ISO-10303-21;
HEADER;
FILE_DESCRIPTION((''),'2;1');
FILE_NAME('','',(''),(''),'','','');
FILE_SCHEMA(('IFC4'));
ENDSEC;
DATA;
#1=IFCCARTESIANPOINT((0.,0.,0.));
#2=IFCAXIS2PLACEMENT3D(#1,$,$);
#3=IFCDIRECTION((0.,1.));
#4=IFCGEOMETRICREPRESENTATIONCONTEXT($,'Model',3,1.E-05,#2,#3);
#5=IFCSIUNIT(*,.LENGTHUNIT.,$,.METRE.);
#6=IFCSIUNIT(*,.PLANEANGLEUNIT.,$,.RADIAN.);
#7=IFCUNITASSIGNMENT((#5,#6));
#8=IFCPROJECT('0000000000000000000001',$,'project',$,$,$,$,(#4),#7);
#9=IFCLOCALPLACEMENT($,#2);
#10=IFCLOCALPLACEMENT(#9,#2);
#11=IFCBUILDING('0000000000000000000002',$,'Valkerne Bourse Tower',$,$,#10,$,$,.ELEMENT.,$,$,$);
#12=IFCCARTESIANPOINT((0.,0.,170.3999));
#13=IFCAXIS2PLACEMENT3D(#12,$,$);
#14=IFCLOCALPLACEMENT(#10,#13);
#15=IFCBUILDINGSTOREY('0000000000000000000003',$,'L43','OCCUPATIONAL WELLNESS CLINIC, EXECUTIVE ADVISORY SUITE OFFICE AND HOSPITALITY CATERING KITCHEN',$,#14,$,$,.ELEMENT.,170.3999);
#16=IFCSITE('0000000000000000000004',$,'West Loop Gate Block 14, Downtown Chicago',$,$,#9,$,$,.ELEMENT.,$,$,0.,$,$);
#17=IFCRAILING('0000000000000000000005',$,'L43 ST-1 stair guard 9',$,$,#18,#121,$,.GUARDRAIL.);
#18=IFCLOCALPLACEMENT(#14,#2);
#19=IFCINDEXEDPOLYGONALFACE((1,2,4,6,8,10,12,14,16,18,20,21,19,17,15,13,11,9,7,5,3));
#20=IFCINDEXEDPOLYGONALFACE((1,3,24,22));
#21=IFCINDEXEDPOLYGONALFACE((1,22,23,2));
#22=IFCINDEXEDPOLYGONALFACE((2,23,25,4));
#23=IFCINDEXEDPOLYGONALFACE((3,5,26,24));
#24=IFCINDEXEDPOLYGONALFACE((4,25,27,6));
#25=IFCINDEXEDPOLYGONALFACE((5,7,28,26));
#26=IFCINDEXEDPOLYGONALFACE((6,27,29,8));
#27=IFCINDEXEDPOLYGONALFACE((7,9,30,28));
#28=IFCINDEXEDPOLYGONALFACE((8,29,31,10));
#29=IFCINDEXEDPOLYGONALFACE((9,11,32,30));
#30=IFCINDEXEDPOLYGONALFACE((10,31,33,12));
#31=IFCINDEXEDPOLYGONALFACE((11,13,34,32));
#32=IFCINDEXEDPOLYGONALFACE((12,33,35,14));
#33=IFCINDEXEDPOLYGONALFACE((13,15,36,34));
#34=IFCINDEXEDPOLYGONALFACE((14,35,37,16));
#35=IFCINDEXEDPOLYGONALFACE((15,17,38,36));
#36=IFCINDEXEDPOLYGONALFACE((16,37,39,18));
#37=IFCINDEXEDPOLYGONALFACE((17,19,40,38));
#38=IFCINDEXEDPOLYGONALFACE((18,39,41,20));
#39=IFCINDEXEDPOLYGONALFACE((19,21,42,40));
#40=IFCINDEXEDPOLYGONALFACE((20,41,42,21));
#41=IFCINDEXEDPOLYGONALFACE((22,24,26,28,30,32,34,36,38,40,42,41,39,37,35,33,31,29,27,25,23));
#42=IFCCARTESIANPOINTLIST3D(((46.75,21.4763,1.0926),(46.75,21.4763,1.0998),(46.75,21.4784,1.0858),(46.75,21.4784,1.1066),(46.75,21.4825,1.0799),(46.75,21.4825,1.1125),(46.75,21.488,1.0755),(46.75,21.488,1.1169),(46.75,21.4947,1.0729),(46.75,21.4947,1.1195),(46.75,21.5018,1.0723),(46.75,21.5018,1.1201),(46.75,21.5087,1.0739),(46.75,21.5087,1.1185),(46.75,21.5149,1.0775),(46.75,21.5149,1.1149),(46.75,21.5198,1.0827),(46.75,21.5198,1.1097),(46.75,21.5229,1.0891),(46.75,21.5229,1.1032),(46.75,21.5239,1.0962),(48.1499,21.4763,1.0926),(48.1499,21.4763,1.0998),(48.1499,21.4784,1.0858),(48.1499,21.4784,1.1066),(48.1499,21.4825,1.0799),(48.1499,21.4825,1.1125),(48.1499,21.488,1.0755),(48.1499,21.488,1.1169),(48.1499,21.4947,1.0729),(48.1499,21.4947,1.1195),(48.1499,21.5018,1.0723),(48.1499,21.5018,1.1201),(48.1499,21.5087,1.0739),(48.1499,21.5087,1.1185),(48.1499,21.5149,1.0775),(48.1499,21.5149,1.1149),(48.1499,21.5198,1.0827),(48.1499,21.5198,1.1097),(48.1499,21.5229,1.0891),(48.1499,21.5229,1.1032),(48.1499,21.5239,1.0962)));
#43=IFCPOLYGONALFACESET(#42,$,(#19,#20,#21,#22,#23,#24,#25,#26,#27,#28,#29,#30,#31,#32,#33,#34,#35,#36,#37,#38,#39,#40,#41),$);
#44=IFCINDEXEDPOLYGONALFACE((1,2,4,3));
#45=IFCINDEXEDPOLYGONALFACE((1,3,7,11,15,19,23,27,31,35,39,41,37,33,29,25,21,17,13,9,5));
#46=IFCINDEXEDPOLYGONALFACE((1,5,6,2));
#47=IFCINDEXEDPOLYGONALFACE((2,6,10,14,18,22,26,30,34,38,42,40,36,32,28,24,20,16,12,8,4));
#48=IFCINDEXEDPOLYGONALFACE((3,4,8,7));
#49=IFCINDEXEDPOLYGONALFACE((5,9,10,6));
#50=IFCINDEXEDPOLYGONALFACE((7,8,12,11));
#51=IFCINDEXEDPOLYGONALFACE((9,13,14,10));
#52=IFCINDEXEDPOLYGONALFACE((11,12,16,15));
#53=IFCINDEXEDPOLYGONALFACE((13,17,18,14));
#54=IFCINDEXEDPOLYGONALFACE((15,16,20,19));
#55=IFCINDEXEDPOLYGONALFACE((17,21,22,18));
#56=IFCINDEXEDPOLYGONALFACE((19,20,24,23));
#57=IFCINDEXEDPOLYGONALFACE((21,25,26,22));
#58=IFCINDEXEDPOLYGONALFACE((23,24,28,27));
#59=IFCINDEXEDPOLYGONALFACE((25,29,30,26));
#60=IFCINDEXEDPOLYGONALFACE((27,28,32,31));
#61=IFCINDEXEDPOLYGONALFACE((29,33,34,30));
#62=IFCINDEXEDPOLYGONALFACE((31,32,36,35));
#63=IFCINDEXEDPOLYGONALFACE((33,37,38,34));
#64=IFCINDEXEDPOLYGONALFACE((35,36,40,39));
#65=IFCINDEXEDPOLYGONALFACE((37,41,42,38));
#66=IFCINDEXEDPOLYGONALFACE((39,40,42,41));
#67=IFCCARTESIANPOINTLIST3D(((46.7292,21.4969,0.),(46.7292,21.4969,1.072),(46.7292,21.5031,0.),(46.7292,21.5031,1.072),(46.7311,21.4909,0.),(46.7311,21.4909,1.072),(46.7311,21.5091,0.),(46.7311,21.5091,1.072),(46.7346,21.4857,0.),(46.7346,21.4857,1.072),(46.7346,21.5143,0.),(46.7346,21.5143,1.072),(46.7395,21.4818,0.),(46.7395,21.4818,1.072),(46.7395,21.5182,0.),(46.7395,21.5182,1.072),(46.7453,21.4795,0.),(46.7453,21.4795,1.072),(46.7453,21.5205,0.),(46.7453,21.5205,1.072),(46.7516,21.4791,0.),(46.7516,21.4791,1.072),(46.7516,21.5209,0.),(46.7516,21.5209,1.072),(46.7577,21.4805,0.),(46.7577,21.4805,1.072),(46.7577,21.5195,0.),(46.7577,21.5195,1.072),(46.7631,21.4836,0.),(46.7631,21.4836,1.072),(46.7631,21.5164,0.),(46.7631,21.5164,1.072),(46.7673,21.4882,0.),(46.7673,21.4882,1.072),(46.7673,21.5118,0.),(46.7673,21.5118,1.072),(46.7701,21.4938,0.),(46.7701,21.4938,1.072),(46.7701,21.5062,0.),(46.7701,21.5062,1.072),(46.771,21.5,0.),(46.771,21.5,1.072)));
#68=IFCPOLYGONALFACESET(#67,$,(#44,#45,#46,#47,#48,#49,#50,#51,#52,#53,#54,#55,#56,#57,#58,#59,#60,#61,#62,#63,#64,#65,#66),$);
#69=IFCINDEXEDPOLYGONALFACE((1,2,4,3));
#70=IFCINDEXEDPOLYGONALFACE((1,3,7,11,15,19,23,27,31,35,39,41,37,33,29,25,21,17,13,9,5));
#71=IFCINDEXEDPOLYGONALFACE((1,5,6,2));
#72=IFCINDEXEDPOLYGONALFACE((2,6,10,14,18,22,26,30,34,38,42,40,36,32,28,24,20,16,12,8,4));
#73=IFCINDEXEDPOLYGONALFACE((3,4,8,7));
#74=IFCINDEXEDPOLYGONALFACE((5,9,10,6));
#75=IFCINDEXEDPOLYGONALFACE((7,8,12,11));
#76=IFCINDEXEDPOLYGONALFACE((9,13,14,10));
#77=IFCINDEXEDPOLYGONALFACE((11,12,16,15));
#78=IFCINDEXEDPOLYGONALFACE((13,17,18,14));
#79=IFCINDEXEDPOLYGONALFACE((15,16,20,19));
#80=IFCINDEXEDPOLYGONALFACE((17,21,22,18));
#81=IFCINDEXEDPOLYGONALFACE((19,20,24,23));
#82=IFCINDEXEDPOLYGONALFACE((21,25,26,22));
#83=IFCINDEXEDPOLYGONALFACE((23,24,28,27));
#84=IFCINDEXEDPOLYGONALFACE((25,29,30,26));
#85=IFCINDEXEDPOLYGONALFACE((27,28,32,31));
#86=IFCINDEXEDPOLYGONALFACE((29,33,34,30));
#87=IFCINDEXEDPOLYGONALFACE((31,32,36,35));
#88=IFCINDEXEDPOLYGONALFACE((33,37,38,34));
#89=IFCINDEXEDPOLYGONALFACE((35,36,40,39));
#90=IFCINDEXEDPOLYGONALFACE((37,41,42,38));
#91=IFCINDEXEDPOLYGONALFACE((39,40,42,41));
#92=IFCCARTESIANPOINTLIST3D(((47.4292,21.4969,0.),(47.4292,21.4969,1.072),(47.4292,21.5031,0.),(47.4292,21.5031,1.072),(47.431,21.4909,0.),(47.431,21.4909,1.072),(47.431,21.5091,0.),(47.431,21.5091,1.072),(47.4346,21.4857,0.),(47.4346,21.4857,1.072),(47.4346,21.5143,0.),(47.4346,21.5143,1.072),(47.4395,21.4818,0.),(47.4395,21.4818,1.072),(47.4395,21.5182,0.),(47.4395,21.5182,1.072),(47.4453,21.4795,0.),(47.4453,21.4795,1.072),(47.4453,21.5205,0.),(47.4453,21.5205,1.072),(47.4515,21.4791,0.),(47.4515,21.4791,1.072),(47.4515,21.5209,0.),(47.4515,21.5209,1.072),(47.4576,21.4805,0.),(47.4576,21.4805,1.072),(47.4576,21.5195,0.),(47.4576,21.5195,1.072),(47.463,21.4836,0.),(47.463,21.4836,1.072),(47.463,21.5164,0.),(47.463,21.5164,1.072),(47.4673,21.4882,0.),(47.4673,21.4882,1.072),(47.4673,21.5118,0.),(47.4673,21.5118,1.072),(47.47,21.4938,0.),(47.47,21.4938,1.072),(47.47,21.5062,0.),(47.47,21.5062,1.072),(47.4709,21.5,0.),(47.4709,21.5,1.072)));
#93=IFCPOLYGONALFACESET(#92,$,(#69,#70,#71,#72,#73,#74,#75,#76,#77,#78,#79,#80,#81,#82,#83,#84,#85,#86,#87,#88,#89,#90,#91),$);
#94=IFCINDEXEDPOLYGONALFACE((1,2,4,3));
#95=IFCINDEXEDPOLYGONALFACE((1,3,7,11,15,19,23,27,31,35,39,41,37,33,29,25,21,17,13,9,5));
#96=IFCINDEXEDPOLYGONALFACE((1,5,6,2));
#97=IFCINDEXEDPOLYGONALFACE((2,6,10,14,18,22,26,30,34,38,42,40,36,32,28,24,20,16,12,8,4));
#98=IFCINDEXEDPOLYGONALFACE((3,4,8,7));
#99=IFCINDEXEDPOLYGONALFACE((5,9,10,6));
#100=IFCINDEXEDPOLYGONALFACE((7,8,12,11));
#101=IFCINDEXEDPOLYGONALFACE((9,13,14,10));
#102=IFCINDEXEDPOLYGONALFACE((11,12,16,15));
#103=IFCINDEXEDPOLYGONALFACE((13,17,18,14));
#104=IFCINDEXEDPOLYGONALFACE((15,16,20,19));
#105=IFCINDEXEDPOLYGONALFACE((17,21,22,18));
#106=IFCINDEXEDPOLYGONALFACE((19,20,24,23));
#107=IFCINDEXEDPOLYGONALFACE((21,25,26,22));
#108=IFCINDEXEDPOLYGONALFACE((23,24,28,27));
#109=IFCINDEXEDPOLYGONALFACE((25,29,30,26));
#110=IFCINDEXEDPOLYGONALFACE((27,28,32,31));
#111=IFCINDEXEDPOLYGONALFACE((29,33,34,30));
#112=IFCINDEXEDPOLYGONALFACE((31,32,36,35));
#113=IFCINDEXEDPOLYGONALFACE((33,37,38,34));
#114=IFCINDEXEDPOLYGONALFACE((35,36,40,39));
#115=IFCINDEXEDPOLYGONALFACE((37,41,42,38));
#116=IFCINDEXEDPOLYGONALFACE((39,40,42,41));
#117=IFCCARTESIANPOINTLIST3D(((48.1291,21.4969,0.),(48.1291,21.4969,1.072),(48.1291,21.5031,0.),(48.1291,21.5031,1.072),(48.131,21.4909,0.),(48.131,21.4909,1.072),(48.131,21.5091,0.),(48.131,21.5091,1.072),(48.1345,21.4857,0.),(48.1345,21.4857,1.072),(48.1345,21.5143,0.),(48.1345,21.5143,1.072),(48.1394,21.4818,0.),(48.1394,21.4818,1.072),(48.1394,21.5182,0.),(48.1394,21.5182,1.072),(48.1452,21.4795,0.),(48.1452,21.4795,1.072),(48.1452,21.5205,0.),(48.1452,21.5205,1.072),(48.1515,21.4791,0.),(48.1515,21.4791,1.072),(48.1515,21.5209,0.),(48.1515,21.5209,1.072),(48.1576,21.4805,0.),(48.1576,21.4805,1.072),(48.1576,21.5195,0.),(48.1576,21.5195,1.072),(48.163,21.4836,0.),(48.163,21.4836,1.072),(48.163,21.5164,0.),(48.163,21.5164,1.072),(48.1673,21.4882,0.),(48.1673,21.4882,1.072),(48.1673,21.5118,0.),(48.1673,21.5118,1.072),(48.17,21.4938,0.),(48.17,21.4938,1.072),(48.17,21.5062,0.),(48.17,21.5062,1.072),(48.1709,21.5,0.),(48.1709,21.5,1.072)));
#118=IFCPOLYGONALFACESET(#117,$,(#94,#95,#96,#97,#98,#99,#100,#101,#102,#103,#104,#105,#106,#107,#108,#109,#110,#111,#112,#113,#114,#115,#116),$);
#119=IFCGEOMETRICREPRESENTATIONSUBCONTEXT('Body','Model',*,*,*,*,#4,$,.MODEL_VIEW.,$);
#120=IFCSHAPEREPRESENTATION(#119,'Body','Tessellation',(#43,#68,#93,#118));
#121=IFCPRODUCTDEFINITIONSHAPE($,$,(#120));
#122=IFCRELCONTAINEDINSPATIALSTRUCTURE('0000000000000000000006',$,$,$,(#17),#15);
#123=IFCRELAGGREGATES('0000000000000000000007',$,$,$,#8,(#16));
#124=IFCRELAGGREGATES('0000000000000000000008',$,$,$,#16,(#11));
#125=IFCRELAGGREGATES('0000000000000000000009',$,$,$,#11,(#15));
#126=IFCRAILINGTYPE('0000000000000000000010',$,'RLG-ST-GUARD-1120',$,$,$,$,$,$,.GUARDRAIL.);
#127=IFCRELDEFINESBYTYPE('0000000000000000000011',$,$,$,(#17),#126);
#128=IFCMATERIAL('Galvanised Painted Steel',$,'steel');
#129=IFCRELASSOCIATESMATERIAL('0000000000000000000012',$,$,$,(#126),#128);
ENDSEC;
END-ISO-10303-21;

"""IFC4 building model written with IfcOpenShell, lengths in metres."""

from ifc_helpers import new_model, si_unit, direction, frame, origin, origin_2d, place, context, subcontext, project, spatial, circle, extrude, material, type_object, element, save


model = new_model("IFC4")

# Units and contexts
model_context = context("Model", 3, precision=1e-05, world=origin(), true_north=direction((0.0, 1.0)))
body_context = subcontext(model_context, "Body", "Model", "MODEL_VIEW")
ifc_project = project(units=[si_unit("LENGTHUNIT", "METRE"), si_unit("PLANEANGLEUNIT", "RADIAN")], contexts=[model_context])

# Site, building, storey
site_placement = place(None, origin())
site = spatial("IfcSite", under=ifc_project, at=site_placement, Name="West Loop Gate Block 14, Downtown Chicago", CompositionType="ELEMENT", RefElevation=0.0)
building_placement = place(site_placement, origin())
building = spatial("IfcBuilding", under=site, at=building_placement, Name="Valkerne Bourse Tower", CompositionType="ELEMENT")
storey_placement = place(building_placement, frame((0.0, 0.0, 170.3999)))
storey = spatial("IfcBuildingStorey", under=building, at=storey_placement, Name="L43", Description="OCCUPATIONAL WELLNESS CLINIC, EXECUTIVE ADVISORY SUITE OFFICE AND HOSPITALITY CATERING KITCHEN", CompositionType="ELEMENT", Elevation=170.3999)

# Shared definitions
ifc_material_1 = material(Name="Galvanised Painted Steel", Category="steel")

# Railing
railing_type_1 = type_object("IfcRailingType", Name="RLG-ST-GUARD-1120", PredefinedType="GUARDRAIL", material=ifc_material_1)
for number, where, name in (
    (1, (46.75, 21.5, 0.0), "L43 ST-1 stair guard 9"),
):
    element("IfcRailing", number, at=place(storey_placement, frame(where)), inside=storey, type_object=railing_type_1, Name=name, PredefinedType="GUARDRAIL", context=body_context, shape_type="SweptSolid", body=[
        extrude(circle(Radius=0.0239, at=origin_2d()), frame((0.0, 0.0, 1.0962), z_axis=(1.0, 0.0, 0.0), x_axis=(0.0, 1.0, 0.0)), (0.0, 0.0, 1.0), 1.3999),
        extrude(circle(Radius=0.021, at=origin_2d()), origin(), (0.0, 0.0, 1.0), 1.072),
        extrude(circle(Radius=0.021, at=origin_2d()), frame((0.7, 0.0, 0.0)), (0.0, 0.0, 1.0), 1.072),
        extrude(circle(Radius=0.021, at=origin_2d()), frame((1.3999, 0.0, 0.0)), (0.0, 0.0, 1.0), 1.072),
    ])

save(model, "model.ifc")
